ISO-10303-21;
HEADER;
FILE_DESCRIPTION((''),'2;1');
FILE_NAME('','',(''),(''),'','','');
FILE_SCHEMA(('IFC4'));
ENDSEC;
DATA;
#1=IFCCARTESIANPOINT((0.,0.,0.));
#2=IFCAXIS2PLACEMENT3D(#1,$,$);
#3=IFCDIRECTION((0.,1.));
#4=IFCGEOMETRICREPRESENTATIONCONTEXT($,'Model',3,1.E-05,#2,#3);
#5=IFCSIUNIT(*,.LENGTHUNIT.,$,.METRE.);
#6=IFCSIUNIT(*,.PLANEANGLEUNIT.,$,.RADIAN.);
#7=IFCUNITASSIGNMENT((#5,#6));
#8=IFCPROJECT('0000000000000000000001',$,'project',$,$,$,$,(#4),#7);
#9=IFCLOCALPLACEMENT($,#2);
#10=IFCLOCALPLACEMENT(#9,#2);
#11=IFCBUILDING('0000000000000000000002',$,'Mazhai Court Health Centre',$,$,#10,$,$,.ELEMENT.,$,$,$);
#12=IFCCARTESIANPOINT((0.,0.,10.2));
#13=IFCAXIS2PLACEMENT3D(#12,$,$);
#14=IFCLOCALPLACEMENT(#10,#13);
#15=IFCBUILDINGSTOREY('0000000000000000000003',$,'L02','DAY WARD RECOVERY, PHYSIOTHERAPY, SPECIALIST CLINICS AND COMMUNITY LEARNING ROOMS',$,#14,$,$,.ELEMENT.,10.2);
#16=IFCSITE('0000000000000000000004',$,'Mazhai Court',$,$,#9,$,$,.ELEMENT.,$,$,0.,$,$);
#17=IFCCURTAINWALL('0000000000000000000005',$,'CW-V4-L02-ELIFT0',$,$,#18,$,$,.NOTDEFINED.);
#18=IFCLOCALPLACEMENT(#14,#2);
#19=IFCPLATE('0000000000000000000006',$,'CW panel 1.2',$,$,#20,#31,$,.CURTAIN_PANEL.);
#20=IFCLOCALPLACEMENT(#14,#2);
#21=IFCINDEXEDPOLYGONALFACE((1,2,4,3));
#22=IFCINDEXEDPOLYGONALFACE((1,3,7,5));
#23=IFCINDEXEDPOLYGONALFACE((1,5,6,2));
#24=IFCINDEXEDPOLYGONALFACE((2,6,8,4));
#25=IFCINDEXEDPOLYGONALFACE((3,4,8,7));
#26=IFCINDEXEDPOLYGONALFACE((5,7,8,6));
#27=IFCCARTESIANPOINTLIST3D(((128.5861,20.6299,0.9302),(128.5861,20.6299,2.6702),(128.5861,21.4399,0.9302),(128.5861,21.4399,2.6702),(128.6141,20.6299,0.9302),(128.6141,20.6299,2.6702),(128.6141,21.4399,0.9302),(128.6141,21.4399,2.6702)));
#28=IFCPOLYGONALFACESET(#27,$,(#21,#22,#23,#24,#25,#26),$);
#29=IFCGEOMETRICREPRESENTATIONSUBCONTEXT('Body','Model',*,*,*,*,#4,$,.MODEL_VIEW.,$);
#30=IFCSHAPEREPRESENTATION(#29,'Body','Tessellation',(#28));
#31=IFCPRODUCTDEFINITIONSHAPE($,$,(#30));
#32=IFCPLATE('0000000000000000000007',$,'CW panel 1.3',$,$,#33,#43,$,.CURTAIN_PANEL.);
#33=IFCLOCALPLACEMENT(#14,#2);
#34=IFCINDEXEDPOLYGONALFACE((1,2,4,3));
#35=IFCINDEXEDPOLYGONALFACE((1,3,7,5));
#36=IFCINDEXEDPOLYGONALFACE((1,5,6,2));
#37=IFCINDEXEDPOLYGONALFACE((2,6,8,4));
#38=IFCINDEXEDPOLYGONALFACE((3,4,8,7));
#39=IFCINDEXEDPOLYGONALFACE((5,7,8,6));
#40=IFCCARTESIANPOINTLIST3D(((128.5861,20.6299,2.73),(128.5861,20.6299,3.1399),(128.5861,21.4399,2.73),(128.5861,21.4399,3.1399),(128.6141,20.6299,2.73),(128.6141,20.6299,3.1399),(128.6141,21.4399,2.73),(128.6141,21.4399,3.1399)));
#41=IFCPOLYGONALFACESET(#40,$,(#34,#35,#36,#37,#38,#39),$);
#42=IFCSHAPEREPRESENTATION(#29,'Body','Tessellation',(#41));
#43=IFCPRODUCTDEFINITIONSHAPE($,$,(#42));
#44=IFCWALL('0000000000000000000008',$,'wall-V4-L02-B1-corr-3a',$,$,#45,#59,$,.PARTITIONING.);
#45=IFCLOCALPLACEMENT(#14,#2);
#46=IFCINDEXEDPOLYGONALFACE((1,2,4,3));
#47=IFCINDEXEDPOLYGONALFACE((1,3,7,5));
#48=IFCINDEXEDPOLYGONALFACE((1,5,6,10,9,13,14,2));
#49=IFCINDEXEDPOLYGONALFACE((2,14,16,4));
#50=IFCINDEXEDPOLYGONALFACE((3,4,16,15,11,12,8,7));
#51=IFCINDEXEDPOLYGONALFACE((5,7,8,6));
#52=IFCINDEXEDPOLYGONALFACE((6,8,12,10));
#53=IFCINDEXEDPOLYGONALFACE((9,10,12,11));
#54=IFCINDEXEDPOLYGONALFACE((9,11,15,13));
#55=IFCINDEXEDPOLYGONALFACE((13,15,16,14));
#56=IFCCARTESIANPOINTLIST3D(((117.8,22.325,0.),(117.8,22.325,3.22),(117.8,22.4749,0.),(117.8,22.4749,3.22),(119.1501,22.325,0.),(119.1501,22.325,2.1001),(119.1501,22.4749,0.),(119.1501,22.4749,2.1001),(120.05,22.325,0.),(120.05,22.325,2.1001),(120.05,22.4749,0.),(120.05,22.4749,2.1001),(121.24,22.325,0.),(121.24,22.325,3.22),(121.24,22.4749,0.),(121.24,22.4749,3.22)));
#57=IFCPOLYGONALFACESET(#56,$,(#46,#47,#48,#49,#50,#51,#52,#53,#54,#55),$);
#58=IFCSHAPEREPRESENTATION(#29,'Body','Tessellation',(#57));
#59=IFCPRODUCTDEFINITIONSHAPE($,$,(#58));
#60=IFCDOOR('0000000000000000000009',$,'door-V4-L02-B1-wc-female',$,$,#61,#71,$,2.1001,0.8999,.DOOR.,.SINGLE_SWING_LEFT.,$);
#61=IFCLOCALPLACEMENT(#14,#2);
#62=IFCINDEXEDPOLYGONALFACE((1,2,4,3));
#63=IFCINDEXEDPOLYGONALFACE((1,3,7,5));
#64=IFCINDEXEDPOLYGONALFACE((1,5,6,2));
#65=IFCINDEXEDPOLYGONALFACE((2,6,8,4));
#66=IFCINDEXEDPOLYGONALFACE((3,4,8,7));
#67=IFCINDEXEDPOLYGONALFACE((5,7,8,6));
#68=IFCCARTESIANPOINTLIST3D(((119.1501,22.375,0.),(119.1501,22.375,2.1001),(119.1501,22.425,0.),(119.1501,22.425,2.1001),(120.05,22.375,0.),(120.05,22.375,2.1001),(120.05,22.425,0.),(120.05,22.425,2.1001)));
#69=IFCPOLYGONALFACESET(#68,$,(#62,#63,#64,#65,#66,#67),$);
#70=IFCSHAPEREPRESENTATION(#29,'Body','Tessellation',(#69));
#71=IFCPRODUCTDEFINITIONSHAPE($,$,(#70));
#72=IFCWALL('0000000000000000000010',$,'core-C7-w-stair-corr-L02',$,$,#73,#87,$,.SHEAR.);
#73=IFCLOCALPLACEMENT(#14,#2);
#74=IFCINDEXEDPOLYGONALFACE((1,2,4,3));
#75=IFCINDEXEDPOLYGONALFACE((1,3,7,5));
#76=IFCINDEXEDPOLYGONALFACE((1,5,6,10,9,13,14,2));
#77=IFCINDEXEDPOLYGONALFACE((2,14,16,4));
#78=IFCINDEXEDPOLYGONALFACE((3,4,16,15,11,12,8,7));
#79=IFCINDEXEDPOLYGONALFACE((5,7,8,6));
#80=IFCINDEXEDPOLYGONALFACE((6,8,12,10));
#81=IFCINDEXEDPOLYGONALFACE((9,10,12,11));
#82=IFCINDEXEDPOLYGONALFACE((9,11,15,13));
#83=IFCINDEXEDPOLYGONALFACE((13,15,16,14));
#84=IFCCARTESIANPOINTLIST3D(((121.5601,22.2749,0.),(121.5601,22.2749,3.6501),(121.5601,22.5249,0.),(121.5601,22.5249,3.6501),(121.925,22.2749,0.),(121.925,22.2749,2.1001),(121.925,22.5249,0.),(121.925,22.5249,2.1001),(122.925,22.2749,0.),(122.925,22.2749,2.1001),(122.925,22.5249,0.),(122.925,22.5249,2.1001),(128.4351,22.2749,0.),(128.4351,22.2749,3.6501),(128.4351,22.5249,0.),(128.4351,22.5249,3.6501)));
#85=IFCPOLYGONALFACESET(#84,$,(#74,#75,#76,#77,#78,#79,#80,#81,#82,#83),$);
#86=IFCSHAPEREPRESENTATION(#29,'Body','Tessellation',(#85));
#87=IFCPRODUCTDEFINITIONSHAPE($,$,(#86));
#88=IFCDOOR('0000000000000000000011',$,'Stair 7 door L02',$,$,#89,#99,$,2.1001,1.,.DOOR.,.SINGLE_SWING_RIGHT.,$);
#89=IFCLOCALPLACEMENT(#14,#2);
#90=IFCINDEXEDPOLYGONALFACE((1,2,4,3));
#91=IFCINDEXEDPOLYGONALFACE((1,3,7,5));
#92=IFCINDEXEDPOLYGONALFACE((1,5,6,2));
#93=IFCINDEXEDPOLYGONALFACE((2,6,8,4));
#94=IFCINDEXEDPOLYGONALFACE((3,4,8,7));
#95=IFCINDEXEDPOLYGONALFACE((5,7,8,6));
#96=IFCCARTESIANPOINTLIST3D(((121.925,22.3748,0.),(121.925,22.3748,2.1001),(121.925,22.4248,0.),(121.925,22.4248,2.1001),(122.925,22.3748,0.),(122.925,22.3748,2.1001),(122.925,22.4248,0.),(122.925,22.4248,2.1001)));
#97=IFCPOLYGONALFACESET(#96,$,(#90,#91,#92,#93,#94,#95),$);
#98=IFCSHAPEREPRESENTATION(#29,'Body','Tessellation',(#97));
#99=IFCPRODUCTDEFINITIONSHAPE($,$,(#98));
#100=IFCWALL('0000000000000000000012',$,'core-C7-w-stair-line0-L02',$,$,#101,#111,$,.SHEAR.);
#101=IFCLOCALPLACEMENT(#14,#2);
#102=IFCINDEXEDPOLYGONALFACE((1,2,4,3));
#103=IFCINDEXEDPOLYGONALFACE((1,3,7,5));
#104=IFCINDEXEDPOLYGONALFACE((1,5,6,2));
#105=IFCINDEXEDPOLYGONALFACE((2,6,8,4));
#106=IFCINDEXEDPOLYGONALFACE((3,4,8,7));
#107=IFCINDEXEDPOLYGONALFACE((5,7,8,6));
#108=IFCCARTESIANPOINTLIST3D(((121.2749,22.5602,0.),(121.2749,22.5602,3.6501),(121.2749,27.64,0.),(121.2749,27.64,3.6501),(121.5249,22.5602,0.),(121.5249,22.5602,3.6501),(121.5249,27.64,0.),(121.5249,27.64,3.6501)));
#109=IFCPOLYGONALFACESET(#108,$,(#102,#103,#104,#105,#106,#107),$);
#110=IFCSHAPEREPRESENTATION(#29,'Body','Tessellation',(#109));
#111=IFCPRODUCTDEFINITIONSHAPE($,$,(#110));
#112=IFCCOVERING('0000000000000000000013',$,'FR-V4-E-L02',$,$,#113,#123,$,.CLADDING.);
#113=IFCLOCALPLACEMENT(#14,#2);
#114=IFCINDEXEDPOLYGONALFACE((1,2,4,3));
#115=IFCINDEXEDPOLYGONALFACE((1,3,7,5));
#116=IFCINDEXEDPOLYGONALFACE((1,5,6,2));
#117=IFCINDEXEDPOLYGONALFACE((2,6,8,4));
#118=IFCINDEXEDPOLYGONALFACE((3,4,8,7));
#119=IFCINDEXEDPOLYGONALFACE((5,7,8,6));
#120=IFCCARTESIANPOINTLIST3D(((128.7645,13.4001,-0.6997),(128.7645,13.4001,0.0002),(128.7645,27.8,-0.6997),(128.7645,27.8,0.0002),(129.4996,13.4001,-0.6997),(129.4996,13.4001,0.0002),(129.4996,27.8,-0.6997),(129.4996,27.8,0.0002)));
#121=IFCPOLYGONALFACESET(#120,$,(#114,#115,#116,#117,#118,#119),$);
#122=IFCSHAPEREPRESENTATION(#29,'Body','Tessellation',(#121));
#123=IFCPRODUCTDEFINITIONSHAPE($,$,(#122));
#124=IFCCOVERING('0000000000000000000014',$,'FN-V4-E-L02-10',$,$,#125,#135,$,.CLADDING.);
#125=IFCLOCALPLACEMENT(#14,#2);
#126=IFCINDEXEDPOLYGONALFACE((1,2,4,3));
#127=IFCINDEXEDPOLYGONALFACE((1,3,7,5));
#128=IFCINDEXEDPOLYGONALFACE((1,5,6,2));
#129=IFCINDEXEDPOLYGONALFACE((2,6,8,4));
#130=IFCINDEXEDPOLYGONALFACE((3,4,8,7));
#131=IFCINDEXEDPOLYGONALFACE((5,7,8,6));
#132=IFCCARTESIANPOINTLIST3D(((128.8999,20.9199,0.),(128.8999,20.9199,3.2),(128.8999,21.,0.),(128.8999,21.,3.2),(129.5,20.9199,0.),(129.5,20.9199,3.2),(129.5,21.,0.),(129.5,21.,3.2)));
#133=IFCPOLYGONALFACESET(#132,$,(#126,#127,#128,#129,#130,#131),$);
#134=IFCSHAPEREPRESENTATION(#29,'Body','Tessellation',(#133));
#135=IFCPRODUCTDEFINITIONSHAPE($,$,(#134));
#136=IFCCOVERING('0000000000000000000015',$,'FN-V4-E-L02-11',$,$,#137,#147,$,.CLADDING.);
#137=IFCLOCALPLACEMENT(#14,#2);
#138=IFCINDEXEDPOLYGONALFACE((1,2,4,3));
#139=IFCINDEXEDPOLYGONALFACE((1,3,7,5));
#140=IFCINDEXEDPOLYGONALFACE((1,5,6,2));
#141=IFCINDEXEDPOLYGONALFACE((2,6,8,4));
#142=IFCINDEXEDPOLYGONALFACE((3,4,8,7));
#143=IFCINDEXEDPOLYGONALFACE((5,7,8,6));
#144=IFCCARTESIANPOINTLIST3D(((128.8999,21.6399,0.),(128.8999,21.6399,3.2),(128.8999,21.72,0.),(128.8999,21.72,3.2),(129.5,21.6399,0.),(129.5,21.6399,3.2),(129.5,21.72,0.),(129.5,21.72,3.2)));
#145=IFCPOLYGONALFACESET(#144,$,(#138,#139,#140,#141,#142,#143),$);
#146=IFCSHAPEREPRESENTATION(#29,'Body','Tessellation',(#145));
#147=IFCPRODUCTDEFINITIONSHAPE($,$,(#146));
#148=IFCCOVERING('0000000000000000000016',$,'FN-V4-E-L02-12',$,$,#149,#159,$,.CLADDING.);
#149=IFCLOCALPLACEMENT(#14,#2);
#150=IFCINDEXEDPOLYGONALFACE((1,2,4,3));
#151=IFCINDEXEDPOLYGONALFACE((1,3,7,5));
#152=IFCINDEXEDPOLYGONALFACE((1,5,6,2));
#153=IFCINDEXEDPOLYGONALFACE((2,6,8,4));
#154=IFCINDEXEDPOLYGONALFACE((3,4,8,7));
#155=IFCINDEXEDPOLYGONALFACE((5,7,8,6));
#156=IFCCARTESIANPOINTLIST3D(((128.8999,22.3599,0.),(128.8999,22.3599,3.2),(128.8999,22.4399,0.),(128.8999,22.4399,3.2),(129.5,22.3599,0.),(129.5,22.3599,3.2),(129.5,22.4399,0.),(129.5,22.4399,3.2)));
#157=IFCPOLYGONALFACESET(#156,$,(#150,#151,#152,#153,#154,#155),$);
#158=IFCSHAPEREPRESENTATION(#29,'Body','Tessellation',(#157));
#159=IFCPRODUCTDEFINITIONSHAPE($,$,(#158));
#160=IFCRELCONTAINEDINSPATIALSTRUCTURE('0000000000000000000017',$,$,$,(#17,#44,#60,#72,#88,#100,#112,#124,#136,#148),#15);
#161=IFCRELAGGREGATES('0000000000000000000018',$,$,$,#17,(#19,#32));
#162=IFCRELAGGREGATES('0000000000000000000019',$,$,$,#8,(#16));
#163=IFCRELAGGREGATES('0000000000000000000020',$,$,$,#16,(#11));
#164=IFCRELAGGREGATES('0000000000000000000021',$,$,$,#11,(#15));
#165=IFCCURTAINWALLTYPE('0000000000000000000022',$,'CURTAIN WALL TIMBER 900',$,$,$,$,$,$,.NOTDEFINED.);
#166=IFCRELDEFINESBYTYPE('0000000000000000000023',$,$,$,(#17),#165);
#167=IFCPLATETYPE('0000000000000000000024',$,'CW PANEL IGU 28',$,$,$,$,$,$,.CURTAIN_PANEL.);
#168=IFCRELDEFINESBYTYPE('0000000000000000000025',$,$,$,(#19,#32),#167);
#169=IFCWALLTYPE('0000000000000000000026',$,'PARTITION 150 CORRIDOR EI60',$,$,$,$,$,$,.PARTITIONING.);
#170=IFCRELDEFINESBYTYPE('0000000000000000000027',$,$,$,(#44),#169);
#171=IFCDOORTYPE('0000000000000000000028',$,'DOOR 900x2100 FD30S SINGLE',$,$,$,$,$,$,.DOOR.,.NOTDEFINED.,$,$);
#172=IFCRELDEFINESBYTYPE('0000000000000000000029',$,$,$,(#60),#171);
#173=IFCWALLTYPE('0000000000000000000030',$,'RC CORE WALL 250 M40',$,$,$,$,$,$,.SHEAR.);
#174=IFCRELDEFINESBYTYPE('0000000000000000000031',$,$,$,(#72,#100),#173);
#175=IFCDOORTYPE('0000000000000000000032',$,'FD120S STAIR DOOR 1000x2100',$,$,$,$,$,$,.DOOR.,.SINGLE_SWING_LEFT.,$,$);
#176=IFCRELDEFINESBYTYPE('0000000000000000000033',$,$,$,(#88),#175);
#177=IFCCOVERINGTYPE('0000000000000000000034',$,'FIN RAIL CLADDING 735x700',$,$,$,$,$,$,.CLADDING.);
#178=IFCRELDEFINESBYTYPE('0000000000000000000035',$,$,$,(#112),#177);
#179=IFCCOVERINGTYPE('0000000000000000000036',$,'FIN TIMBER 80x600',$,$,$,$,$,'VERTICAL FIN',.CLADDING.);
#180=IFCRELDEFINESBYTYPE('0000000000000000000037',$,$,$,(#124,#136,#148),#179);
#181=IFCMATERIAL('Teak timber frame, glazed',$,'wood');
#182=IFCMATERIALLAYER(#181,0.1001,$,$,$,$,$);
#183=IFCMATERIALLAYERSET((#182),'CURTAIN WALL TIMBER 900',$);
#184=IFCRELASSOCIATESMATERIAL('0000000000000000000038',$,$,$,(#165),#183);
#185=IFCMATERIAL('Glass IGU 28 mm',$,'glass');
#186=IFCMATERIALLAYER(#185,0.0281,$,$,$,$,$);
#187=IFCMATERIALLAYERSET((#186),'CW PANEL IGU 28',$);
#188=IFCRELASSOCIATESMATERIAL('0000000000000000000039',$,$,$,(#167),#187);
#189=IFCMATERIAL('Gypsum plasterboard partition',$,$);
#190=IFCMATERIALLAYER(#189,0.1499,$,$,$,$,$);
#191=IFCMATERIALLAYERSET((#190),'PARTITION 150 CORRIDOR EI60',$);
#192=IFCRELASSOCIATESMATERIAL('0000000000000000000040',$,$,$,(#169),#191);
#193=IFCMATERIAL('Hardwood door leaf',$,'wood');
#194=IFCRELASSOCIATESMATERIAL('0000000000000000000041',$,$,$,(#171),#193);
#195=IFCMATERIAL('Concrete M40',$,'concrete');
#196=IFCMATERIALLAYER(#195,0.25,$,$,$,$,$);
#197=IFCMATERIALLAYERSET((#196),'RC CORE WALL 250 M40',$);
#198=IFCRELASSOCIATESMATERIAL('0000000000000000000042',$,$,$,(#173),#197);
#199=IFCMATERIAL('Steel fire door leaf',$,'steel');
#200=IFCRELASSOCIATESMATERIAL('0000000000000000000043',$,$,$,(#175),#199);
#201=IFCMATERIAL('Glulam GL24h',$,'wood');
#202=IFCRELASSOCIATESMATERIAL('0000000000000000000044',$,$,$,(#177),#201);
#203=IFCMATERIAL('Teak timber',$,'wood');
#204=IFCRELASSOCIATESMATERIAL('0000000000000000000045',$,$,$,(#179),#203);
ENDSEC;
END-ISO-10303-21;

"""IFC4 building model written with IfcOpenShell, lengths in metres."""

from ifc_helpers import new_model, si_unit, direction, frame, frame_2d, origin, origin_2d, place, context, subcontext, project, spatial, rectangle, extrude, material, layer, layer_set, type_object, element, fill, aggregate, save


model = new_model("IFC4")

# Units and contexts
model_context = context("Model", 3, precision=1e-05, world=origin(), true_north=direction((0.0, 1.0)))
body_context = subcontext(model_context, "Body", "Model", "MODEL_VIEW")
ifc_project = project(units=[si_unit("LENGTHUNIT", "METRE"), si_unit("PLANEANGLEUNIT", "RADIAN")], contexts=[model_context])

# Site, building, storey
site_placement = place(None, origin())
site = spatial("IfcSite", under=ifc_project, at=site_placement, Name="Mazhai Court", CompositionType="ELEMENT", RefElevation=0.0)
building_placement = place(site_placement, origin())
building = spatial("IfcBuilding", under=site, at=building_placement, Name="Mazhai Court Health Centre", CompositionType="ELEMENT")
storey_placement = place(building_placement, frame((0.0, 0.0, 10.2)))
storey = spatial("IfcBuildingStorey", under=building, at=storey_placement, Name="L02", Description="DAY WARD RECOVERY, PHYSIOTHERAPY, SPECIALIST CLINICS AND COMMUNITY LEARNING ROOMS", CompositionType="ELEMENT", Elevation=10.2)

# Curtain wall
ifc_material_1 = material(Name="Teak timber frame, glazed", Category="wood")
ifc_layer_1 = layer(ifc_material_1, 0.1001)
ifc_layer_set_1 = layer_set([ifc_layer_1], Name="CURTAIN WALL TIMBER 900")
curtain_wall_type = type_object("IfcCurtainWallType", Name="CURTAIN WALL TIMBER 900", PredefinedType="NOTDEFINED", material=ifc_layer_set_1)
curtain_wall_placement = place(storey_placement, origin())
curtain_wall = element("IfcCurtainWall", 1, at=curtain_wall_placement, inside=storey, type_object=curtain_wall_type, Name="CW-V4-L02-ELIFT0", PredefinedType="NOTDEFINED")

# Plates
ifc_material_2 = material(Name="Glass IGU 28 mm", Category="glass")
ifc_layer_2 = layer(ifc_material_2, 0.0281)
ifc_layer_set_2 = layer_set([ifc_layer_2], Name="CW PANEL IGU 28")
plate_type = type_object("IfcPlateType", Name="CW PANEL IGU 28", PredefinedType="CURTAIN_PANEL", material=ifc_layer_set_2)
plate_1_placement = place(storey_placement, frame((128.6001, 21.0349, 0.9302), z_axis=(0.0, 0.0, 1.0), x_axis=(0.0, -1.0, 0.0)))
plate_1 = element("IfcPlate", 2, at=plate_1_placement, type_object=plate_type, Name="CW panel 1.2", PredefinedType="CURTAIN_PANEL", context=body_context, shape_type="SweptSolid", body=[
    extrude(rectangle(XDim=0.8101, YDim=0.0281, at=origin_2d()), origin(), (0.0, 0.0, 1.0), 1.74),
])
plate_2_placement = place(storey_placement, frame((128.6001, 21.0349, 2.73), z_axis=(0.0, 0.0, 1.0), x_axis=(0.0, -1.0, 0.0)))
plate_2 = element("IfcPlate", 3, at=plate_2_placement, type_object=plate_type, Name="CW panel 1.3", PredefinedType="CURTAIN_PANEL", context=body_context, shape_type="SweptSolid", body=[
    extrude(rectangle(XDim=0.8101, YDim=0.0281, at=origin_2d()), origin(), (0.0, 0.0, 1.0), 0.4099),
])
aggregate(curtain_wall, [plate_1, plate_2])

# Walls, openings, doors
ifc_material_3 = material(Name="Gypsum plasterboard partition")
ifc_layer_3 = layer(ifc_material_3, 0.1499)
ifc_layer_set_3 = layer_set([ifc_layer_3], Name="PARTITION 150 CORRIDOR EI60")
wall_type_1 = type_object("IfcWallType", Name="PARTITION 150 CORRIDOR EI60", PredefinedType="PARTITIONING", material=ifc_layer_set_3)
wall_1_placement = place(storey_placement, frame((121.24, 22.3999, 0.0), z_axis=(0.0, 0.0, 1.0), x_axis=(-1.0, 0.0, 0.0)))
wall_1 = element("IfcWall", 4, at=wall_1_placement, inside=storey, type_object=wall_type_1, Name="wall-V4-L02-B1-corr-3a", PredefinedType="PARTITIONING", context=body_context, shape_type="SweptSolid", body=[
    extrude(rectangle(XDim=3.4399, YDim=0.1499, at=frame_2d((1.72, 0.0))), origin(), (0.0, 0.0, 1.0), 3.22),
])
opening_1_placement = place(wall_1_placement, frame((1.1899, 0.0, 0.0)))
opening_1 = element("IfcOpeningElement", 5, at=opening_1_placement, cuts=wall_1, PredefinedType="OPENING", context=body_context, shape_type="SweptSolid", body=[
    extrude(rectangle(XDim=0.8999, YDim=2.1001, at=frame_2d((0.45, 1.05))), frame((0.0, 0.085, 0.0), z_axis=(0.0, -1.0, 0.0), x_axis=(1.0, 0.0, 0.0)), (0.0, 0.0, 1.0), 0.1699),
])
ifc_material_4 = material(Name="Hardwood door leaf", Category="wood")
door_type_1 = type_object("IfcDoorType", Name="DOOR 900x2100 FD30S SINGLE", OperationType="NOTDEFINED", PredefinedType="DOOR", material=ifc_material_4)
door_1_placement = place(opening_1_placement, origin())
door_1 = element("IfcDoor", 6, at=door_1_placement, inside=storey, type_object=door_type_1, Name="door-V4-L02-B1-wc-female", OperationType="SINGLE_SWING_LEFT", OverallHeight=2.1001, OverallWidth=0.8999, PredefinedType="DOOR", context=body_context, shape_type="SweptSolid", body=[
    extrude(rectangle(XDim=0.8999, YDim=2.1001, at=frame_2d((0.45, 1.05))), frame((0.0, 0.0249, 0.0), z_axis=(0.0, -1.0, 0.0), x_axis=(1.0, 0.0, 0.0)), (0.0, 0.0, 1.0), 0.05),
])
fill(opening_1, door_1)
ifc_material_5 = material(Name="Concrete M40", Category="concrete")
ifc_layer_4 = layer(ifc_material_5, 0.25)
ifc_layer_set_4 = layer_set([ifc_layer_4], Name="RC CORE WALL 250 M40")
wall_type_2 = type_object("IfcWallType", Name="RC CORE WALL 250 M40", PredefinedType="SHEAR", material=ifc_layer_set_4)
wall_2_placement = place(storey_placement, frame((121.5601, 22.3999, 0.0), z_axis=(0.0, 0.0, 1.0), x_axis=(1.0, 0.0, 0.0)))
wall_2 = element("IfcWall", 7, at=wall_2_placement, inside=storey, type_object=wall_type_2, Name="core-C7-w-stair-corr-L02", PredefinedType="SHEAR", context=body_context, shape_type="SweptSolid", body=[
    extrude(rectangle(XDim=6.875, YDim=0.25, at=frame_2d((3.4375, 0.0))), origin(), (0.0, 0.0, 1.0), 3.6501),
])
opening_2_placement = place(wall_2_placement, frame((0.365, 0.0, 0.0)))
opening_2 = element("IfcOpeningElement", 8, at=opening_2_placement, cuts=wall_2, PredefinedType="OPENING", context=body_context, shape_type="SweptSolid", body=[
    extrude(rectangle(XDim=1.0, YDim=2.1001, at=frame_2d((0.5, 1.05))), frame((0.0, 0.135, 0.0), z_axis=(0.0, -1.0, 0.0), x_axis=(1.0, 0.0, 0.0)), (0.0, 0.0, 1.0), 0.27),
])
ifc_material_6 = material(Name="Steel fire door leaf", Category="steel")
door_type_2 = type_object("IfcDoorType", Name="FD120S STAIR DOOR 1000x2100", OperationType="SINGLE_SWING_LEFT", PredefinedType="DOOR", material=ifc_material_6)
door_2_placement = place(opening_2_placement, origin())
door_2 = element("IfcDoor", 9, at=door_2_placement, inside=storey, type_object=door_type_2, Name="Stair 7 door L02", OperationType="SINGLE_SWING_RIGHT", OverallHeight=2.1001, OverallWidth=1.0, PredefinedType="DOOR", context=body_context, shape_type="SweptSolid", body=[
    extrude(rectangle(XDim=1.0, YDim=2.1001, at=frame_2d((0.5, 1.05))), frame((0.0, 0.0249, 0.0), z_axis=(0.0, -1.0, 0.0), x_axis=(1.0, 0.0, 0.0)), (0.0, 0.0, 1.0), 0.05),
])
fill(opening_2, door_2)

# Wall
wall_3_placement = place(storey_placement, frame((121.3999, 22.5601, 0.0), z_axis=(0.0, 0.0, 1.0), x_axis=(0.0, 1.0, 0.0)))
element("IfcWall", 10, at=wall_3_placement, inside=storey, type_object=wall_type_2, Name="core-C7-w-stair-line0-L02", PredefinedType="SHEAR", context=body_context, shape_type="SweptSolid", body=[
    extrude(rectangle(XDim=5.0798, YDim=0.25, at=frame_2d((2.54, 0.0))), origin(), (0.0, 0.0, 1.0), 3.6501),
])

# Coverings
ifc_material_7 = material(Name="Glulam GL24h", Category="wood")
covering_type_1 = type_object("IfcCoveringType", Name="FIN RAIL CLADDING 735x700", PredefinedType="CLADDING", material=ifc_material_7)
covering_placement = place(storey_placement, frame((129.1321, 20.6001, -0.6997), z_axis=(0.0, 0.0, 1.0), x_axis=(1.0, 0.0, 0.0)))
element("IfcCovering", 11, at=covering_placement, inside=storey, type_object=covering_type_1, Name="FR-V4-E-L02", PredefinedType="CLADDING", context=body_context, shape_type="SweptSolid", body=[
    extrude(rectangle(XDim=0.7351, YDim=14.3999, at=origin_2d()), origin(), (0.0, 0.0, 1.0), 0.7),
])
ifc_material_8 = material(Name="Teak timber", Category="wood")
covering_type_2 = type_object("IfcCoveringType", Name="FIN TIMBER 80x600", ElementType="VERTICAL FIN", PredefinedType="CLADDING", material=ifc_material_8)
for number, where, z_axis, x_axis, name in (
    (12, (129.2, 20.96, 0.0), (0.0, 0.0, 1.0), (0.0, 1.0, 0.0), "FN-V4-E-L02-10"),
    (13, (129.2, 21.6799, 0.0), (0.0, 0.0, 1.0), (0.0, 1.0, 0.0), "FN-V4-E-L02-11"),
    (14, (129.2, 22.3999, 0.0), (0.0, 0.0, 1.0), (0.0, 1.0, 0.0), "FN-V4-E-L02-12"),
):
    element("IfcCovering", number, at=place(storey_placement, frame(where, z_axis=z_axis, x_axis=x_axis)), inside=storey, type_object=covering_type_2, Name=name, PredefinedType="CLADDING", context=body_context, shape_type="SweptSolid", body=[
        extrude(rectangle(XDim=0.0801, YDim=0.6001, at=origin_2d()), origin(), (0.0, 0.0, 1.0), 3.2),
    ])

save(model, "model.ifc")
